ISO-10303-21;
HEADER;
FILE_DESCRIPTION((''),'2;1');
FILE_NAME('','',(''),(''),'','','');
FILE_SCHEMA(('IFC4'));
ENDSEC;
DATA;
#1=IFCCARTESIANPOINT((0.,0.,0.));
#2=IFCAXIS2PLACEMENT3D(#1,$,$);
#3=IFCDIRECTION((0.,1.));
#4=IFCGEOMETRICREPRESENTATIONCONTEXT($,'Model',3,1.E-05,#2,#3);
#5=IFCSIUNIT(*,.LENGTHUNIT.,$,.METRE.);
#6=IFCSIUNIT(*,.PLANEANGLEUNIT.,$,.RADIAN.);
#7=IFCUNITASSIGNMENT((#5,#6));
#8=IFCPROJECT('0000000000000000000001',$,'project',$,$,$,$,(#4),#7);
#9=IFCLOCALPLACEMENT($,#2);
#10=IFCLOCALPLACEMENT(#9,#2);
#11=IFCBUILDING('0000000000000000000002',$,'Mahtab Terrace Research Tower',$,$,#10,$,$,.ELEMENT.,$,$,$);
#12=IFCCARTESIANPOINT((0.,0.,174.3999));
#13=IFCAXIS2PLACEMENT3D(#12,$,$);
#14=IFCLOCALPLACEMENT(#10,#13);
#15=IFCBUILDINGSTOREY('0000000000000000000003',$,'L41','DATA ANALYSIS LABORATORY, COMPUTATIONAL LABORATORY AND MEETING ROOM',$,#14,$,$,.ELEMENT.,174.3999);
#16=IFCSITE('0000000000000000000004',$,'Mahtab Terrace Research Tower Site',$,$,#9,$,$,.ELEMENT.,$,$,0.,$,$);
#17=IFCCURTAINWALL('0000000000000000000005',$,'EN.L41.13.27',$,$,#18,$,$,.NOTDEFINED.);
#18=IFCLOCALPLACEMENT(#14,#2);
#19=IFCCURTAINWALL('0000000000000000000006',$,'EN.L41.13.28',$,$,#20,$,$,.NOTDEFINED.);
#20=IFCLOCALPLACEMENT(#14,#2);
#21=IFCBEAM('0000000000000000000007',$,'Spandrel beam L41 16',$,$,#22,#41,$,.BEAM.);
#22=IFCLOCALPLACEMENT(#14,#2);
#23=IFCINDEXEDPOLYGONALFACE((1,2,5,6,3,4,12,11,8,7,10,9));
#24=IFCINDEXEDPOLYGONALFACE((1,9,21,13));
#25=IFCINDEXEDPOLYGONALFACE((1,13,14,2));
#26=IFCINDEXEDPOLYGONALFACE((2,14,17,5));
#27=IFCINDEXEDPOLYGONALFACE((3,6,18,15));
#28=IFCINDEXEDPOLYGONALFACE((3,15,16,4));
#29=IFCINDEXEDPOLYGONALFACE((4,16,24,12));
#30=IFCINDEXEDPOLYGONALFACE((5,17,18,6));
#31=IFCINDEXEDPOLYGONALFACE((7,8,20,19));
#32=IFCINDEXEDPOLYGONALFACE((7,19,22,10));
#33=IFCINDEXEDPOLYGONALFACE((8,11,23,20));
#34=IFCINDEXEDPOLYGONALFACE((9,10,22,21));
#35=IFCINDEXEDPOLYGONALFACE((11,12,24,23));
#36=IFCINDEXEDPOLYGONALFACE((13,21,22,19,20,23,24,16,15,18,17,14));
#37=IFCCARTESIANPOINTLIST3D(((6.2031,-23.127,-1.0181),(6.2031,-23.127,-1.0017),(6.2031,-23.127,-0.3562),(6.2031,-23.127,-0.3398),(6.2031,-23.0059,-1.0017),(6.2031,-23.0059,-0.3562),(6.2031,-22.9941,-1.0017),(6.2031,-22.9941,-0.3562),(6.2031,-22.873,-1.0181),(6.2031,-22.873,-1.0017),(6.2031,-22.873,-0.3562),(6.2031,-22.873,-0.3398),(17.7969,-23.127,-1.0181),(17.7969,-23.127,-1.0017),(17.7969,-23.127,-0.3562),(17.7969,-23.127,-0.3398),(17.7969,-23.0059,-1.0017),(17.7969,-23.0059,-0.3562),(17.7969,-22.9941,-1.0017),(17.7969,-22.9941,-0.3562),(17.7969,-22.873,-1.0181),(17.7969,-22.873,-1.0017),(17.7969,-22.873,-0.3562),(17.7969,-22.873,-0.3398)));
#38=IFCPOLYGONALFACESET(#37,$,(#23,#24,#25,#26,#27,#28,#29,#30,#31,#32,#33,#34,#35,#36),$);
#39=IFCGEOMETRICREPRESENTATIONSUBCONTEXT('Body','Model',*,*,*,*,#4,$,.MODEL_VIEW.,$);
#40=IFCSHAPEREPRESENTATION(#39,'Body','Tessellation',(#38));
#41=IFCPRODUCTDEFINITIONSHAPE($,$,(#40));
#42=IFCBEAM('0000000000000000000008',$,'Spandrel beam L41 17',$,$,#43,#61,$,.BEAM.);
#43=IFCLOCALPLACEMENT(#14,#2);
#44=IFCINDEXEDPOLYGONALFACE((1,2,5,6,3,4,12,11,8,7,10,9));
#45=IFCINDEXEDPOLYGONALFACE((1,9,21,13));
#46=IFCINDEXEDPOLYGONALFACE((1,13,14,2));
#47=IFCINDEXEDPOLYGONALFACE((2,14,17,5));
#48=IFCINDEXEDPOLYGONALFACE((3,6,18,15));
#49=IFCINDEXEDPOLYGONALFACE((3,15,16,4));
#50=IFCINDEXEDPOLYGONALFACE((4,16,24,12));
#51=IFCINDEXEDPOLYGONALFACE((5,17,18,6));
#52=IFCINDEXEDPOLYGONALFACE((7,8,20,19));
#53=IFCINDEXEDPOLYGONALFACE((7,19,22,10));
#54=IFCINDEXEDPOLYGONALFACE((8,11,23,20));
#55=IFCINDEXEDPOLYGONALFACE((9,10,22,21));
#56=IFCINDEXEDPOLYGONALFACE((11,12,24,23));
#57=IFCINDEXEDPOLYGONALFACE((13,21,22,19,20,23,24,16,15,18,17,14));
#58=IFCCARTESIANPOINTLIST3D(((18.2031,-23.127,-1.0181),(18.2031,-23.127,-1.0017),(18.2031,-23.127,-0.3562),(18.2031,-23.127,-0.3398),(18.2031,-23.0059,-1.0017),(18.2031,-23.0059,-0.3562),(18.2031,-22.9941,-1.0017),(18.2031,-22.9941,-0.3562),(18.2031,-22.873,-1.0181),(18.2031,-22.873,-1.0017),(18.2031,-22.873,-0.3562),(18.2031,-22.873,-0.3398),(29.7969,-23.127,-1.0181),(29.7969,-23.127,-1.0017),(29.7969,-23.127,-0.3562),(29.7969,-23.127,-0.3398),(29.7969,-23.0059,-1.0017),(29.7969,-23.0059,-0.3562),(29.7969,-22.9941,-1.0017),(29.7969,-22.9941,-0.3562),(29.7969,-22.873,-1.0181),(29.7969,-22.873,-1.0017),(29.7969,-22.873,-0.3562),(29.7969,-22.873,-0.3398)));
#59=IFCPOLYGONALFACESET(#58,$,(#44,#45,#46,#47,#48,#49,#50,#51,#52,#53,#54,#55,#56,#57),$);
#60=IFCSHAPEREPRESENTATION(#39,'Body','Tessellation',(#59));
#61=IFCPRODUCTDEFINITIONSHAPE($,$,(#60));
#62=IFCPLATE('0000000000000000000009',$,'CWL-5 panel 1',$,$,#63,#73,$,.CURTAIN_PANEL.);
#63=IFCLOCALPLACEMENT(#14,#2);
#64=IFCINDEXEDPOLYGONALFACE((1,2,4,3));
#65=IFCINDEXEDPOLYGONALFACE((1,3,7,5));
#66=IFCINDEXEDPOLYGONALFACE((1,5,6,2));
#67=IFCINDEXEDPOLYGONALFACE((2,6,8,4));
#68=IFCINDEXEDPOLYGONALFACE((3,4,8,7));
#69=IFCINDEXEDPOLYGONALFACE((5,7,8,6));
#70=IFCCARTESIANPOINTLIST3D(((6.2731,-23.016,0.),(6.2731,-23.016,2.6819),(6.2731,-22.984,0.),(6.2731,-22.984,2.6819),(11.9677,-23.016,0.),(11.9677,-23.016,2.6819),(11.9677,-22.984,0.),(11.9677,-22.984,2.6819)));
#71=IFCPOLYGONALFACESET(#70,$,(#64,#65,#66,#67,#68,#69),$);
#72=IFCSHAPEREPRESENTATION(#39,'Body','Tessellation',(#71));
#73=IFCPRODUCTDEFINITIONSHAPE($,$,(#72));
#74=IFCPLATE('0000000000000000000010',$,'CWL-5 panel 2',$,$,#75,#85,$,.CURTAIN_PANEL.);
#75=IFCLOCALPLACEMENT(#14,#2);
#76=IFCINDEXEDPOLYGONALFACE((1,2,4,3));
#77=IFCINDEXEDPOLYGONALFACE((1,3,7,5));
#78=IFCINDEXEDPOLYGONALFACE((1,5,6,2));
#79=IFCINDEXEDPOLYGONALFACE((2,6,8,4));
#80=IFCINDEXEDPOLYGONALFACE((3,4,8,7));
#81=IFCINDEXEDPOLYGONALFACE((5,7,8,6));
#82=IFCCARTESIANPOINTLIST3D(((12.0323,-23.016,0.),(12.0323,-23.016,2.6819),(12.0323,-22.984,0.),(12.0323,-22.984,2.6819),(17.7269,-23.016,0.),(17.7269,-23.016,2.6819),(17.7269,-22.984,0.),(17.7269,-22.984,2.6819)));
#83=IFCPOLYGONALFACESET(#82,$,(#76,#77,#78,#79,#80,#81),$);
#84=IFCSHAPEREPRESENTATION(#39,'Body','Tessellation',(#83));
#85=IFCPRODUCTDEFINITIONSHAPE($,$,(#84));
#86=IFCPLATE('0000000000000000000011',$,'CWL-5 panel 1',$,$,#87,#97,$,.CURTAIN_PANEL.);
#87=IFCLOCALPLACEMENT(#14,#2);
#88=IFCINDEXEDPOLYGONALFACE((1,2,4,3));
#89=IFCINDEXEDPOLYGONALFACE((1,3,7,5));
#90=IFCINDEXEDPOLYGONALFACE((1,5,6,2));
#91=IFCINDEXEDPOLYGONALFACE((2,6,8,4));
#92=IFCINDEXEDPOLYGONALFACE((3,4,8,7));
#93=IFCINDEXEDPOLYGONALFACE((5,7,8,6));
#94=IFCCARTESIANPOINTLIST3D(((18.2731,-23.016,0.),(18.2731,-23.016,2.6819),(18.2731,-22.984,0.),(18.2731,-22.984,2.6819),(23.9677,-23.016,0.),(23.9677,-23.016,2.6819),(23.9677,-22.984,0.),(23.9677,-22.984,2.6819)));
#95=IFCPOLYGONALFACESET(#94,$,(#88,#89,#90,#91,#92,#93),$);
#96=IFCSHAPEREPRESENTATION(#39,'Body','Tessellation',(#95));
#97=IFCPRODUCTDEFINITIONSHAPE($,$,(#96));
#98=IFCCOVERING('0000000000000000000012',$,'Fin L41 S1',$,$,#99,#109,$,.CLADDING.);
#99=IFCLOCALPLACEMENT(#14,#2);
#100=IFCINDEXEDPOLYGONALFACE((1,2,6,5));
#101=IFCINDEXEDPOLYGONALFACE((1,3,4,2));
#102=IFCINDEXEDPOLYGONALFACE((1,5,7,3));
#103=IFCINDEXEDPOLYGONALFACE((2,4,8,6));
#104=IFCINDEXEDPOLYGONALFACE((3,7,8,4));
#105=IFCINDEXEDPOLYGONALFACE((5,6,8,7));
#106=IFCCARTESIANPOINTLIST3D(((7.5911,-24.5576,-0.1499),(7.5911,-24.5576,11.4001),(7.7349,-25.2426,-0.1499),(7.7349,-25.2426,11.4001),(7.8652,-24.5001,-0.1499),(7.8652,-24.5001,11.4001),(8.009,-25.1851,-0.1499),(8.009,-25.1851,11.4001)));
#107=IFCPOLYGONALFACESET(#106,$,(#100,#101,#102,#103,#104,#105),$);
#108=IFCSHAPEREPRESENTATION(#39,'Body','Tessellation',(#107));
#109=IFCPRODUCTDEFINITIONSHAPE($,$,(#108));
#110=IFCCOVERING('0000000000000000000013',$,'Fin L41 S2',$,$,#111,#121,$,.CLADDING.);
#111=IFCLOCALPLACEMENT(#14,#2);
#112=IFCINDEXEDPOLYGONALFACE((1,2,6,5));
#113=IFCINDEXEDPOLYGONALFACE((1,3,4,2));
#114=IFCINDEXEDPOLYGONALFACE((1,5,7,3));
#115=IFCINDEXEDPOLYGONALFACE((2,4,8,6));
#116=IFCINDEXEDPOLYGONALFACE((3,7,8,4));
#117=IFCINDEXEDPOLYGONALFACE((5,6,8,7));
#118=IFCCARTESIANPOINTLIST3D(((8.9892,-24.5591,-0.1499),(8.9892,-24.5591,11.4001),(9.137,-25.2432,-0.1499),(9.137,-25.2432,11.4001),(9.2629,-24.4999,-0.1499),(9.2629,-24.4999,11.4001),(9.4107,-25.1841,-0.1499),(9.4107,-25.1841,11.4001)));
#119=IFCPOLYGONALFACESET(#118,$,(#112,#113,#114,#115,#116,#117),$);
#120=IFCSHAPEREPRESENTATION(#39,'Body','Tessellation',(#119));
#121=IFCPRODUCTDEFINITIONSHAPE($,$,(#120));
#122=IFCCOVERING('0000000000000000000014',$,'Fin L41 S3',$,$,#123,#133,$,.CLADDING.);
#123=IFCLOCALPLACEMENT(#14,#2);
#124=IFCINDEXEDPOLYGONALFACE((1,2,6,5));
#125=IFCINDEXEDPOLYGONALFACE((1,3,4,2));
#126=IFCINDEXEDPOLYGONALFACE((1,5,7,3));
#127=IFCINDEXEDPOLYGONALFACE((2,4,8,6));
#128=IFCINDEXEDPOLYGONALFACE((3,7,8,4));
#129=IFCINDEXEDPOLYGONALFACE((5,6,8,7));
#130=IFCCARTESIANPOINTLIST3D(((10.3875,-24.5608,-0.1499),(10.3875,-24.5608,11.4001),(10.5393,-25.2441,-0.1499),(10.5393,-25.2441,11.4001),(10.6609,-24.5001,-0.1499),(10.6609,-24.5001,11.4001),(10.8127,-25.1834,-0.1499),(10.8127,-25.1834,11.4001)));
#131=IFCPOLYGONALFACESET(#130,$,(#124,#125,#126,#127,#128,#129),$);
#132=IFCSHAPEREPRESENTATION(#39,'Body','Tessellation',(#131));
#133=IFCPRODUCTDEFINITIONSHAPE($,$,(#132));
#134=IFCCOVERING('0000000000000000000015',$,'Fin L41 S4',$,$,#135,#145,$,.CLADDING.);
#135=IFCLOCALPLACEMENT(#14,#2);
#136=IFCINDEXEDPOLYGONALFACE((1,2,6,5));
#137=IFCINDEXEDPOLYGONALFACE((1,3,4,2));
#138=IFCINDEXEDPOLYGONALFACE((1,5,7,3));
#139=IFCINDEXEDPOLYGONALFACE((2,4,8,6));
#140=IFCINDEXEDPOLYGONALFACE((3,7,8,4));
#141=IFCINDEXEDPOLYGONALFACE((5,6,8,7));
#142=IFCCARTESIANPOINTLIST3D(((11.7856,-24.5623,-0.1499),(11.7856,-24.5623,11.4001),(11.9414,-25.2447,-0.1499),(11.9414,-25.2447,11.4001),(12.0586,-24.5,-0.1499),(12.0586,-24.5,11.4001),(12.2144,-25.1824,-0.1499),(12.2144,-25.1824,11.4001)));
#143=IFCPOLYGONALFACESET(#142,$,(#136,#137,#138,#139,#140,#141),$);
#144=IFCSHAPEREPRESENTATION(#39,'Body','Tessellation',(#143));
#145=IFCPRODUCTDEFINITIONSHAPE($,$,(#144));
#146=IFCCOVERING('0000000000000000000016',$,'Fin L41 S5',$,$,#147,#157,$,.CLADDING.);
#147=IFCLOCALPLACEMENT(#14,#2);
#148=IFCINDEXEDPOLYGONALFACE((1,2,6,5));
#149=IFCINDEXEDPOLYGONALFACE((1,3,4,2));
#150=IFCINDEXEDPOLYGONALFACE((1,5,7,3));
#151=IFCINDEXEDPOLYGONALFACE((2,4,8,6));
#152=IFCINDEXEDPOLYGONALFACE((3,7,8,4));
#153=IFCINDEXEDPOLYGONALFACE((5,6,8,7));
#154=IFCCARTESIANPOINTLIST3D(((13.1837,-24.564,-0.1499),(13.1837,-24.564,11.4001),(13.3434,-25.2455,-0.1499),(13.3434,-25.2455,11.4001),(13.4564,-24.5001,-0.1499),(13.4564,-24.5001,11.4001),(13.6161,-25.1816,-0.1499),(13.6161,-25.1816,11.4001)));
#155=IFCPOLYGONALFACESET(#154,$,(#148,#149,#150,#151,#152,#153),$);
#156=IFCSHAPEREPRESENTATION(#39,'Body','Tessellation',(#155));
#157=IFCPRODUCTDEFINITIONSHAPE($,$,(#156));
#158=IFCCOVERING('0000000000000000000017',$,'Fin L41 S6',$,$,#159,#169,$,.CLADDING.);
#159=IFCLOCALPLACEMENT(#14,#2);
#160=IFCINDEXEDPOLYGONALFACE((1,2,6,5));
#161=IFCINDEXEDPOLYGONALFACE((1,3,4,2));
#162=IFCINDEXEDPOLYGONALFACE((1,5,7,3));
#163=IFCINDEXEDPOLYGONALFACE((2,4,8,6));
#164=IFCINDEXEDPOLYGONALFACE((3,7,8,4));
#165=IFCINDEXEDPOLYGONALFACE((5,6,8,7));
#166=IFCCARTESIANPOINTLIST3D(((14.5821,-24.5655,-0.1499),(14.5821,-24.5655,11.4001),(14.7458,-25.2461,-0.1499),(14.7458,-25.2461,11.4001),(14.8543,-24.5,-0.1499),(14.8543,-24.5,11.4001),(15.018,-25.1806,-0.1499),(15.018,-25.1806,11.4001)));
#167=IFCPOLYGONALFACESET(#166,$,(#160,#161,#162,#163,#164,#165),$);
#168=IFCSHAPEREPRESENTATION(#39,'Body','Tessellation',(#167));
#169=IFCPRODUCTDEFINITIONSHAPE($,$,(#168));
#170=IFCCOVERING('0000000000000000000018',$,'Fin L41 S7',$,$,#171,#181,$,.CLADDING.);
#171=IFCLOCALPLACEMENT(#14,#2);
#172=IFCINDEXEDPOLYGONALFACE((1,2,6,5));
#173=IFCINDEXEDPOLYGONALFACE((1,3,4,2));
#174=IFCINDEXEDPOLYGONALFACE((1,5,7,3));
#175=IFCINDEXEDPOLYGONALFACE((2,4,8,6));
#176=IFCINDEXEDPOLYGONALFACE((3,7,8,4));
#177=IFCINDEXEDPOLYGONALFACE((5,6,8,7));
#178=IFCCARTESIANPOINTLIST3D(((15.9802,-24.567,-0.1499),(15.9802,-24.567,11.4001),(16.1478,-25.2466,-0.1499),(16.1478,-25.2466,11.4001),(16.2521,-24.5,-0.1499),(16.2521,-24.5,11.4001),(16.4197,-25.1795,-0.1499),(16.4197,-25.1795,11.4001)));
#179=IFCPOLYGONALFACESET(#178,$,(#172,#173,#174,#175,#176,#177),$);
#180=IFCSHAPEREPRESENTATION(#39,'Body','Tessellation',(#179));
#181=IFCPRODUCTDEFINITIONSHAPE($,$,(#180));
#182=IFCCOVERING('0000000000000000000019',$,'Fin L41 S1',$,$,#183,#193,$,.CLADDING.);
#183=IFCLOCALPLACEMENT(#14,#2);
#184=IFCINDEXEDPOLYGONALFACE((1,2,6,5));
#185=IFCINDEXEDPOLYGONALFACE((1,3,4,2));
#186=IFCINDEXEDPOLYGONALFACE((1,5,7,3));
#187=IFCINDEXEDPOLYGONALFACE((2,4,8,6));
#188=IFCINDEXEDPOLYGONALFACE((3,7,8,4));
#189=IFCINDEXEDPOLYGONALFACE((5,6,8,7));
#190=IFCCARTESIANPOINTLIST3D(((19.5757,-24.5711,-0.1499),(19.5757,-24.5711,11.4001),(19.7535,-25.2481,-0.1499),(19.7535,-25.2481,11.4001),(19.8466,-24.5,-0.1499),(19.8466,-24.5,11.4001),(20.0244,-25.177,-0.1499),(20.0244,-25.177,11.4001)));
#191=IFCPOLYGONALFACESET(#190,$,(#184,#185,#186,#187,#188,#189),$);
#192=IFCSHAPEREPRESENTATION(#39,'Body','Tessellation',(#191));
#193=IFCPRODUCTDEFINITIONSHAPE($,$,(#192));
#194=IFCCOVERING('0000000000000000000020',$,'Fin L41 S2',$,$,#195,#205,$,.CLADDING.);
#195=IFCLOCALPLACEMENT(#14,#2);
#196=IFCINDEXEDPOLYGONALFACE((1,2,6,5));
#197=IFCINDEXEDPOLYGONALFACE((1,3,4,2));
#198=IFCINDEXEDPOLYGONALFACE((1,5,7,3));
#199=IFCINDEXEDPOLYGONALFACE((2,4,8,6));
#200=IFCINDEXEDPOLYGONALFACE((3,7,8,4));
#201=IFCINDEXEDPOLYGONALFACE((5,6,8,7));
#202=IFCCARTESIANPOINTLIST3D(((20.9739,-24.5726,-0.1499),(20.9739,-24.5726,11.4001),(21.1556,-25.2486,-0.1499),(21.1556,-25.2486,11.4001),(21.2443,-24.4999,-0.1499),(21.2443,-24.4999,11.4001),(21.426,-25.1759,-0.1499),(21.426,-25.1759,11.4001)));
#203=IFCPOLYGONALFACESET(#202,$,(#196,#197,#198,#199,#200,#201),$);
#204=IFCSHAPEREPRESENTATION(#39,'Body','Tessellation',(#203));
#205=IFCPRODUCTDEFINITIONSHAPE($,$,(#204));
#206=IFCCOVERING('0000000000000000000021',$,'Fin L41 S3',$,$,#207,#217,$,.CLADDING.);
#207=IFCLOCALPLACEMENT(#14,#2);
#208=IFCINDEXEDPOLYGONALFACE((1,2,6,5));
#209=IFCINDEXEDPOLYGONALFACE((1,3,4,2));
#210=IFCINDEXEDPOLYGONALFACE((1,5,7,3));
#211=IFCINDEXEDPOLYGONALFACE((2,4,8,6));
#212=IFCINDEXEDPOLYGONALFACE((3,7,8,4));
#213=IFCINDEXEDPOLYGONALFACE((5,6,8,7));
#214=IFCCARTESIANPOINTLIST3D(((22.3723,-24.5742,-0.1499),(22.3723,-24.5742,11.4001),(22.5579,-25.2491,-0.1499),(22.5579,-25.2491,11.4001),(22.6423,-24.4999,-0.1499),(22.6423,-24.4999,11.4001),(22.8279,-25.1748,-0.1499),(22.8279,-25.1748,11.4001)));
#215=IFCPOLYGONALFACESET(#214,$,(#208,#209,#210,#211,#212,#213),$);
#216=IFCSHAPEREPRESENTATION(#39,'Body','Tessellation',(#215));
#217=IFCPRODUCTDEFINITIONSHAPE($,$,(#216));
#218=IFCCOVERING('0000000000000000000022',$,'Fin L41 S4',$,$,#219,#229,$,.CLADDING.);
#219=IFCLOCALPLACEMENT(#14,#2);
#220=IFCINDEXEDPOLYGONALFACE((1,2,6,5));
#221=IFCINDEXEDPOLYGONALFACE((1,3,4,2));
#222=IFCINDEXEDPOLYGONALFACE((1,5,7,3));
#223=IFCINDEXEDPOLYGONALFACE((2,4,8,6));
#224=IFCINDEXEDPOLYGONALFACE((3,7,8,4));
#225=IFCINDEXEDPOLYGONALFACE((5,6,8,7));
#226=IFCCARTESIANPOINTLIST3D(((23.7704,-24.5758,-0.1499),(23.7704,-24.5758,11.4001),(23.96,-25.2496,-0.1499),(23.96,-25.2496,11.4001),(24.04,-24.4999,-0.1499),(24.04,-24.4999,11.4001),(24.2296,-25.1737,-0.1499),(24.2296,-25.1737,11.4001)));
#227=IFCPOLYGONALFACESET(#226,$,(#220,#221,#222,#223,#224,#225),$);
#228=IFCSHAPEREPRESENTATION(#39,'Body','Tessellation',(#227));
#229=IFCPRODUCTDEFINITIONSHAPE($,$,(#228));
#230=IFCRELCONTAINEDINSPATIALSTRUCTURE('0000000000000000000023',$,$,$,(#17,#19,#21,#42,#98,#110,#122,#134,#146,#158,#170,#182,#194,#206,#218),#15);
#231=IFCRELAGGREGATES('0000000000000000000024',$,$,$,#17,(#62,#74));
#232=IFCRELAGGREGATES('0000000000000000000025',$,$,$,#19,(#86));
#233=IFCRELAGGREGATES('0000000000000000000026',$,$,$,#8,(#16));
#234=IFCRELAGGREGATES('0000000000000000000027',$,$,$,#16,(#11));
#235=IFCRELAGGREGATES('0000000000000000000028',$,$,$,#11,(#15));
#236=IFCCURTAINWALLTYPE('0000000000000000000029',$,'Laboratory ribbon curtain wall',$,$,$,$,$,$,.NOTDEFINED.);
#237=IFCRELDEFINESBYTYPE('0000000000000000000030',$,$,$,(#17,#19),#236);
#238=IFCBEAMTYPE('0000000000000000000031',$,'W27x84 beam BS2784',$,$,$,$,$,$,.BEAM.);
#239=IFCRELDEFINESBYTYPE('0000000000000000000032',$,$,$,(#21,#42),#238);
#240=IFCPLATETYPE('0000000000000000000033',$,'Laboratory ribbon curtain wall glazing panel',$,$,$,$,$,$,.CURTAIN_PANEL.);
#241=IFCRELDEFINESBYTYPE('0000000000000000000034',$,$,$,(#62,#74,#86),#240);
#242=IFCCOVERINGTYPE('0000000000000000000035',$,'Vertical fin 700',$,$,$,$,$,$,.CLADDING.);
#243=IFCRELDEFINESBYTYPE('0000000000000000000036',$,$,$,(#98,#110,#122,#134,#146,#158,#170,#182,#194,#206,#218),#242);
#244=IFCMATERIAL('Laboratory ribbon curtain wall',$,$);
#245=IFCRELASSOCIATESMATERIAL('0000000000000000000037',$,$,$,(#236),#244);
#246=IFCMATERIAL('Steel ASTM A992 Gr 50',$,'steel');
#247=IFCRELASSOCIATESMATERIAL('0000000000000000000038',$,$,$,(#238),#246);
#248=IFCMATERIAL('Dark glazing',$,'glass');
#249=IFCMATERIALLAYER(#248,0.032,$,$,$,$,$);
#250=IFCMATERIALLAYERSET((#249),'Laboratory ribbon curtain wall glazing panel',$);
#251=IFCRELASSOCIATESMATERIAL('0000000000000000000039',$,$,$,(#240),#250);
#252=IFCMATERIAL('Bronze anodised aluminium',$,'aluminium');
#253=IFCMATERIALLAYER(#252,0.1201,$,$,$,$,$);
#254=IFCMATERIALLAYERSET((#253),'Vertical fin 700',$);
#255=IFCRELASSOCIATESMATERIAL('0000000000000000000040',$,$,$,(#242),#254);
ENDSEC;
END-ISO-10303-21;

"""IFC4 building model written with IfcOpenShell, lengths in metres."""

from ifc_helpers import new_model, si_unit, direction, frame, origin, origin_2d, place, context, subcontext, project, spatial, rectangle, i_section, extrude, material, layer, layer_set, material_profile, profile_set, type_object, element, aggregate, save


model = new_model("IFC4")

# Units and contexts
model_context = context("Model", 3, precision=1e-05, world=origin(), true_north=direction((0.0, 1.0)))
body_context = subcontext(model_context, "Body", "Model", "MODEL_VIEW")
ifc_project = project(units=[si_unit("LENGTHUNIT", "METRE"), si_unit("PLANEANGLEUNIT", "RADIAN")], contexts=[model_context])

# Site, building, storey
site_placement = place(None, origin())
site = spatial("IfcSite", under=ifc_project, at=site_placement, Name="Mahtab Terrace Research Tower Site", CompositionType="ELEMENT", RefElevation=0.0)
building_placement = place(site_placement, origin())
building = spatial("IfcBuilding", under=site, at=building_placement, Name="Mahtab Terrace Research Tower", CompositionType="ELEMENT")
storey_placement = place(building_placement, frame((0.0, 0.0, 174.3999)))
storey = spatial("IfcBuildingStorey", under=building, at=storey_placement, Name="L41", Description="DATA ANALYSIS LABORATORY, COMPUTATIONAL LABORATORY AND MEETING ROOM", CompositionType="ELEMENT", Elevation=174.3999)

# Shared definitions
ifc_material_1 = material(Name="Steel ASTM A992 Gr 50", Category="steel")

# Curtain walls
ifc_material_2 = material(Name="Laboratory ribbon curtain wall")
curtain_wall_type = type_object("IfcCurtainWallType", Name="Laboratory ribbon curtain wall", PredefinedType="NOTDEFINED", material=ifc_material_2)
curtain_wall_1_placement = place(storey_placement, origin())
curtain_wall_1 = element("IfcCurtainWall", 1, at=curtain_wall_1_placement, inside=storey, type_object=curtain_wall_type, Name="EN.L41.13.27", PredefinedType="NOTDEFINED")
curtain_wall_2_placement = place(storey_placement, origin())
curtain_wall_2 = element("IfcCurtainWall", 2, at=curtain_wall_2_placement, inside=storey, type_object=curtain_wall_type, Name="EN.L41.13.28", PredefinedType="NOTDEFINED")

# Beams
ifc_material_profile_1 = material_profile(ifc_material_1, i_section(OverallWidth=0.2539, OverallDepth=0.6782, WebThickness=0.0117, FlangeThickness=0.0164, at=origin_2d()), Name="W27X84")
ifc_profile_set_1 = profile_set([ifc_material_profile_1], Name="Steel ASTM A992 Gr 50")
beam_type = type_object("IfcBeamType", Name="W27x84 beam BS2784", PredefinedType="BEAM", material=ifc_profile_set_1)
for number, where, z_axis, x_axis, name in (
    (3, (6.2031, -23.0, -0.679), (1.0, 0.0, 0.0), (0.0, 1.0, 0.0), "Spandrel beam L41 16"),
    (4, (18.2031, -23.0, -0.679), (1.0, 0.0, 0.0), (0.0, 1.0, 0.0), "Spandrel beam L41 17"),
):
    element("IfcBeam", number, at=place(storey_placement, frame(where, z_axis=z_axis, x_axis=x_axis)), inside=storey, type_object=beam_type, Name=name, PredefinedType="BEAM", context=body_context, shape_type="SweptSolid", body=[
        extrude(i_section(OverallWidth=0.2539, OverallDepth=0.6782, WebThickness=0.0117, FlangeThickness=0.0164, at=origin_2d()), origin(), (0.0, 0.0, 1.0), 11.5938),
    ])

# Plates
ifc_material_3 = material(Name="Dark glazing", Category="glass")
ifc_layer_1 = layer(ifc_material_3, 0.032)
ifc_layer_set_1 = layer_set([ifc_layer_1], Name="Laboratory ribbon curtain wall glazing panel")
plate_type = type_object("IfcPlateType", Name="Laboratory ribbon curtain wall glazing panel", PredefinedType="CURTAIN_PANEL", material=ifc_layer_set_1)
plate_1_placement = place(storey_placement, frame((9.1204, -23.0, 0.0), z_axis=(0.0, 0.0, 1.0), x_axis=(1.0, 0.0, 0.0)))
plate_1 = element("IfcPlate", 5, at=plate_1_placement, type_object=plate_type, Name="CWL-5 panel 1", PredefinedType="CURTAIN_PANEL", context=body_context, shape_type="SweptSolid", body=[
    extrude(rectangle(XDim=5.6946, YDim=0.032, at=origin_2d()), origin(), (0.0, 0.0, 1.0), 2.6819),
])
plate_2_placement = place(storey_placement, frame((14.8796, -23.0, 0.0), z_axis=(0.0, 0.0, 1.0), x_axis=(1.0, 0.0, 0.0)))
plate_2 = element("IfcPlate", 6, at=plate_2_placement, type_object=plate_type, Name="CWL-5 panel 2", PredefinedType="CURTAIN_PANEL", context=body_context, shape_type="SweptSolid", body=[
    extrude(rectangle(XDim=5.6946, YDim=0.032, at=origin_2d()), origin(), (0.0, 0.0, 1.0), 2.6819),
])
aggregate(curtain_wall_1, [plate_1, plate_2])
plate_3_placement = place(storey_placement, frame((21.1204, -23.0, 0.0), z_axis=(0.0, 0.0, 1.0), x_axis=(1.0, 0.0, 0.0)))
plate_3 = element("IfcPlate", 7, at=plate_3_placement, type_object=plate_type, Name="CWL-5 panel 1", PredefinedType="CURTAIN_PANEL", context=body_context, shape_type="SweptSolid", body=[
    extrude(rectangle(XDim=5.6946, YDim=0.032, at=origin_2d()), origin(), (0.0, 0.0, 1.0), 2.6819),
])
aggregate(curtain_wall_2, [plate_3])

# Coverings
ifc_material_4 = material(Name="Bronze anodised aluminium", Category="aluminium")
ifc_layer_2 = layer(ifc_material_4, 0.1201)
ifc_layer_set_2 = layer_set([ifc_layer_2], Name="Vertical fin 700")
covering_type = type_object("IfcCoveringType", Name="Vertical fin 700", PredefinedType="CLADDING", material=ifc_layer_set_2)
for number, where, z_axis, x_axis, name in (
    (8, (7.8, -24.8713, -0.1499), (0.0, 0.0, 1.0), (0.978663, 0.205472, 0.0), "Fin L41 S1"),
    (9, (9.2, -24.8716, -0.1499), (0.0, 0.0, 1.0), (0.977451, 0.211162, 0.0), "Fin L41 S2"),
    (10, (10.6001, -24.8721, -0.1499), (0.0, 0.0, 1.0), (0.976206, 0.216845, 0.0), "Fin L41 S3"),
    (11, (12.0, -24.8723, -0.1499), (0.0, 0.0, 1.0), (0.974928, 0.222521, 0.0), "Fin L41 S4"),
    (12, (13.3999, -24.8728, -0.1499), (0.0, 0.0, 1.0), (0.973617, 0.228189, 0.0), "Fin L41 S5"),
    (13, (14.8, -24.873, -0.1499), (0.0, 0.0, 1.0), (0.972273, 0.233849, 0.0), "Fin L41 S6"),
    (14, (16.2, -24.8733, -0.1499), (0.0, 0.0, 1.0), (0.970896, 0.239502, 0.0), "Fin L41 S7"),
    (15, (19.8, -24.874, -0.1499), (0.0, 0.0, 1.0), (0.967204, 0.253999, 0.0), "Fin L41 S1"),
    (16, (21.2, -24.8743, -0.1499), (0.0, 0.0, 1.0), (0.96571, 0.259622, 0.0), "Fin L41 S2"),
    (17, (22.6001, -24.8745, -0.1499), (0.0, 0.0, 1.0), (0.964184, 0.265236, 0.0), "Fin L41 S3"),
    (18, (24.0, -24.8748, -0.1499), (0.0, 0.0, 1.0), (0.962624, 0.27084, 0.0), "Fin L41 S4"),
):
    element("IfcCovering", number, at=place(storey_placement, frame(where, z_axis=z_axis, x_axis=x_axis)), inside=storey, type_object=covering_type, Name=name, PredefinedType="CLADDING", context=body_context, shape_type="SweptSolid", body=[
        extrude(rectangle(XDim=0.28, YDim=0.7, at=origin_2d()), origin(), (0.0, 0.0, 1.0), 11.55),
    ])

save(model, "model.ifc")
